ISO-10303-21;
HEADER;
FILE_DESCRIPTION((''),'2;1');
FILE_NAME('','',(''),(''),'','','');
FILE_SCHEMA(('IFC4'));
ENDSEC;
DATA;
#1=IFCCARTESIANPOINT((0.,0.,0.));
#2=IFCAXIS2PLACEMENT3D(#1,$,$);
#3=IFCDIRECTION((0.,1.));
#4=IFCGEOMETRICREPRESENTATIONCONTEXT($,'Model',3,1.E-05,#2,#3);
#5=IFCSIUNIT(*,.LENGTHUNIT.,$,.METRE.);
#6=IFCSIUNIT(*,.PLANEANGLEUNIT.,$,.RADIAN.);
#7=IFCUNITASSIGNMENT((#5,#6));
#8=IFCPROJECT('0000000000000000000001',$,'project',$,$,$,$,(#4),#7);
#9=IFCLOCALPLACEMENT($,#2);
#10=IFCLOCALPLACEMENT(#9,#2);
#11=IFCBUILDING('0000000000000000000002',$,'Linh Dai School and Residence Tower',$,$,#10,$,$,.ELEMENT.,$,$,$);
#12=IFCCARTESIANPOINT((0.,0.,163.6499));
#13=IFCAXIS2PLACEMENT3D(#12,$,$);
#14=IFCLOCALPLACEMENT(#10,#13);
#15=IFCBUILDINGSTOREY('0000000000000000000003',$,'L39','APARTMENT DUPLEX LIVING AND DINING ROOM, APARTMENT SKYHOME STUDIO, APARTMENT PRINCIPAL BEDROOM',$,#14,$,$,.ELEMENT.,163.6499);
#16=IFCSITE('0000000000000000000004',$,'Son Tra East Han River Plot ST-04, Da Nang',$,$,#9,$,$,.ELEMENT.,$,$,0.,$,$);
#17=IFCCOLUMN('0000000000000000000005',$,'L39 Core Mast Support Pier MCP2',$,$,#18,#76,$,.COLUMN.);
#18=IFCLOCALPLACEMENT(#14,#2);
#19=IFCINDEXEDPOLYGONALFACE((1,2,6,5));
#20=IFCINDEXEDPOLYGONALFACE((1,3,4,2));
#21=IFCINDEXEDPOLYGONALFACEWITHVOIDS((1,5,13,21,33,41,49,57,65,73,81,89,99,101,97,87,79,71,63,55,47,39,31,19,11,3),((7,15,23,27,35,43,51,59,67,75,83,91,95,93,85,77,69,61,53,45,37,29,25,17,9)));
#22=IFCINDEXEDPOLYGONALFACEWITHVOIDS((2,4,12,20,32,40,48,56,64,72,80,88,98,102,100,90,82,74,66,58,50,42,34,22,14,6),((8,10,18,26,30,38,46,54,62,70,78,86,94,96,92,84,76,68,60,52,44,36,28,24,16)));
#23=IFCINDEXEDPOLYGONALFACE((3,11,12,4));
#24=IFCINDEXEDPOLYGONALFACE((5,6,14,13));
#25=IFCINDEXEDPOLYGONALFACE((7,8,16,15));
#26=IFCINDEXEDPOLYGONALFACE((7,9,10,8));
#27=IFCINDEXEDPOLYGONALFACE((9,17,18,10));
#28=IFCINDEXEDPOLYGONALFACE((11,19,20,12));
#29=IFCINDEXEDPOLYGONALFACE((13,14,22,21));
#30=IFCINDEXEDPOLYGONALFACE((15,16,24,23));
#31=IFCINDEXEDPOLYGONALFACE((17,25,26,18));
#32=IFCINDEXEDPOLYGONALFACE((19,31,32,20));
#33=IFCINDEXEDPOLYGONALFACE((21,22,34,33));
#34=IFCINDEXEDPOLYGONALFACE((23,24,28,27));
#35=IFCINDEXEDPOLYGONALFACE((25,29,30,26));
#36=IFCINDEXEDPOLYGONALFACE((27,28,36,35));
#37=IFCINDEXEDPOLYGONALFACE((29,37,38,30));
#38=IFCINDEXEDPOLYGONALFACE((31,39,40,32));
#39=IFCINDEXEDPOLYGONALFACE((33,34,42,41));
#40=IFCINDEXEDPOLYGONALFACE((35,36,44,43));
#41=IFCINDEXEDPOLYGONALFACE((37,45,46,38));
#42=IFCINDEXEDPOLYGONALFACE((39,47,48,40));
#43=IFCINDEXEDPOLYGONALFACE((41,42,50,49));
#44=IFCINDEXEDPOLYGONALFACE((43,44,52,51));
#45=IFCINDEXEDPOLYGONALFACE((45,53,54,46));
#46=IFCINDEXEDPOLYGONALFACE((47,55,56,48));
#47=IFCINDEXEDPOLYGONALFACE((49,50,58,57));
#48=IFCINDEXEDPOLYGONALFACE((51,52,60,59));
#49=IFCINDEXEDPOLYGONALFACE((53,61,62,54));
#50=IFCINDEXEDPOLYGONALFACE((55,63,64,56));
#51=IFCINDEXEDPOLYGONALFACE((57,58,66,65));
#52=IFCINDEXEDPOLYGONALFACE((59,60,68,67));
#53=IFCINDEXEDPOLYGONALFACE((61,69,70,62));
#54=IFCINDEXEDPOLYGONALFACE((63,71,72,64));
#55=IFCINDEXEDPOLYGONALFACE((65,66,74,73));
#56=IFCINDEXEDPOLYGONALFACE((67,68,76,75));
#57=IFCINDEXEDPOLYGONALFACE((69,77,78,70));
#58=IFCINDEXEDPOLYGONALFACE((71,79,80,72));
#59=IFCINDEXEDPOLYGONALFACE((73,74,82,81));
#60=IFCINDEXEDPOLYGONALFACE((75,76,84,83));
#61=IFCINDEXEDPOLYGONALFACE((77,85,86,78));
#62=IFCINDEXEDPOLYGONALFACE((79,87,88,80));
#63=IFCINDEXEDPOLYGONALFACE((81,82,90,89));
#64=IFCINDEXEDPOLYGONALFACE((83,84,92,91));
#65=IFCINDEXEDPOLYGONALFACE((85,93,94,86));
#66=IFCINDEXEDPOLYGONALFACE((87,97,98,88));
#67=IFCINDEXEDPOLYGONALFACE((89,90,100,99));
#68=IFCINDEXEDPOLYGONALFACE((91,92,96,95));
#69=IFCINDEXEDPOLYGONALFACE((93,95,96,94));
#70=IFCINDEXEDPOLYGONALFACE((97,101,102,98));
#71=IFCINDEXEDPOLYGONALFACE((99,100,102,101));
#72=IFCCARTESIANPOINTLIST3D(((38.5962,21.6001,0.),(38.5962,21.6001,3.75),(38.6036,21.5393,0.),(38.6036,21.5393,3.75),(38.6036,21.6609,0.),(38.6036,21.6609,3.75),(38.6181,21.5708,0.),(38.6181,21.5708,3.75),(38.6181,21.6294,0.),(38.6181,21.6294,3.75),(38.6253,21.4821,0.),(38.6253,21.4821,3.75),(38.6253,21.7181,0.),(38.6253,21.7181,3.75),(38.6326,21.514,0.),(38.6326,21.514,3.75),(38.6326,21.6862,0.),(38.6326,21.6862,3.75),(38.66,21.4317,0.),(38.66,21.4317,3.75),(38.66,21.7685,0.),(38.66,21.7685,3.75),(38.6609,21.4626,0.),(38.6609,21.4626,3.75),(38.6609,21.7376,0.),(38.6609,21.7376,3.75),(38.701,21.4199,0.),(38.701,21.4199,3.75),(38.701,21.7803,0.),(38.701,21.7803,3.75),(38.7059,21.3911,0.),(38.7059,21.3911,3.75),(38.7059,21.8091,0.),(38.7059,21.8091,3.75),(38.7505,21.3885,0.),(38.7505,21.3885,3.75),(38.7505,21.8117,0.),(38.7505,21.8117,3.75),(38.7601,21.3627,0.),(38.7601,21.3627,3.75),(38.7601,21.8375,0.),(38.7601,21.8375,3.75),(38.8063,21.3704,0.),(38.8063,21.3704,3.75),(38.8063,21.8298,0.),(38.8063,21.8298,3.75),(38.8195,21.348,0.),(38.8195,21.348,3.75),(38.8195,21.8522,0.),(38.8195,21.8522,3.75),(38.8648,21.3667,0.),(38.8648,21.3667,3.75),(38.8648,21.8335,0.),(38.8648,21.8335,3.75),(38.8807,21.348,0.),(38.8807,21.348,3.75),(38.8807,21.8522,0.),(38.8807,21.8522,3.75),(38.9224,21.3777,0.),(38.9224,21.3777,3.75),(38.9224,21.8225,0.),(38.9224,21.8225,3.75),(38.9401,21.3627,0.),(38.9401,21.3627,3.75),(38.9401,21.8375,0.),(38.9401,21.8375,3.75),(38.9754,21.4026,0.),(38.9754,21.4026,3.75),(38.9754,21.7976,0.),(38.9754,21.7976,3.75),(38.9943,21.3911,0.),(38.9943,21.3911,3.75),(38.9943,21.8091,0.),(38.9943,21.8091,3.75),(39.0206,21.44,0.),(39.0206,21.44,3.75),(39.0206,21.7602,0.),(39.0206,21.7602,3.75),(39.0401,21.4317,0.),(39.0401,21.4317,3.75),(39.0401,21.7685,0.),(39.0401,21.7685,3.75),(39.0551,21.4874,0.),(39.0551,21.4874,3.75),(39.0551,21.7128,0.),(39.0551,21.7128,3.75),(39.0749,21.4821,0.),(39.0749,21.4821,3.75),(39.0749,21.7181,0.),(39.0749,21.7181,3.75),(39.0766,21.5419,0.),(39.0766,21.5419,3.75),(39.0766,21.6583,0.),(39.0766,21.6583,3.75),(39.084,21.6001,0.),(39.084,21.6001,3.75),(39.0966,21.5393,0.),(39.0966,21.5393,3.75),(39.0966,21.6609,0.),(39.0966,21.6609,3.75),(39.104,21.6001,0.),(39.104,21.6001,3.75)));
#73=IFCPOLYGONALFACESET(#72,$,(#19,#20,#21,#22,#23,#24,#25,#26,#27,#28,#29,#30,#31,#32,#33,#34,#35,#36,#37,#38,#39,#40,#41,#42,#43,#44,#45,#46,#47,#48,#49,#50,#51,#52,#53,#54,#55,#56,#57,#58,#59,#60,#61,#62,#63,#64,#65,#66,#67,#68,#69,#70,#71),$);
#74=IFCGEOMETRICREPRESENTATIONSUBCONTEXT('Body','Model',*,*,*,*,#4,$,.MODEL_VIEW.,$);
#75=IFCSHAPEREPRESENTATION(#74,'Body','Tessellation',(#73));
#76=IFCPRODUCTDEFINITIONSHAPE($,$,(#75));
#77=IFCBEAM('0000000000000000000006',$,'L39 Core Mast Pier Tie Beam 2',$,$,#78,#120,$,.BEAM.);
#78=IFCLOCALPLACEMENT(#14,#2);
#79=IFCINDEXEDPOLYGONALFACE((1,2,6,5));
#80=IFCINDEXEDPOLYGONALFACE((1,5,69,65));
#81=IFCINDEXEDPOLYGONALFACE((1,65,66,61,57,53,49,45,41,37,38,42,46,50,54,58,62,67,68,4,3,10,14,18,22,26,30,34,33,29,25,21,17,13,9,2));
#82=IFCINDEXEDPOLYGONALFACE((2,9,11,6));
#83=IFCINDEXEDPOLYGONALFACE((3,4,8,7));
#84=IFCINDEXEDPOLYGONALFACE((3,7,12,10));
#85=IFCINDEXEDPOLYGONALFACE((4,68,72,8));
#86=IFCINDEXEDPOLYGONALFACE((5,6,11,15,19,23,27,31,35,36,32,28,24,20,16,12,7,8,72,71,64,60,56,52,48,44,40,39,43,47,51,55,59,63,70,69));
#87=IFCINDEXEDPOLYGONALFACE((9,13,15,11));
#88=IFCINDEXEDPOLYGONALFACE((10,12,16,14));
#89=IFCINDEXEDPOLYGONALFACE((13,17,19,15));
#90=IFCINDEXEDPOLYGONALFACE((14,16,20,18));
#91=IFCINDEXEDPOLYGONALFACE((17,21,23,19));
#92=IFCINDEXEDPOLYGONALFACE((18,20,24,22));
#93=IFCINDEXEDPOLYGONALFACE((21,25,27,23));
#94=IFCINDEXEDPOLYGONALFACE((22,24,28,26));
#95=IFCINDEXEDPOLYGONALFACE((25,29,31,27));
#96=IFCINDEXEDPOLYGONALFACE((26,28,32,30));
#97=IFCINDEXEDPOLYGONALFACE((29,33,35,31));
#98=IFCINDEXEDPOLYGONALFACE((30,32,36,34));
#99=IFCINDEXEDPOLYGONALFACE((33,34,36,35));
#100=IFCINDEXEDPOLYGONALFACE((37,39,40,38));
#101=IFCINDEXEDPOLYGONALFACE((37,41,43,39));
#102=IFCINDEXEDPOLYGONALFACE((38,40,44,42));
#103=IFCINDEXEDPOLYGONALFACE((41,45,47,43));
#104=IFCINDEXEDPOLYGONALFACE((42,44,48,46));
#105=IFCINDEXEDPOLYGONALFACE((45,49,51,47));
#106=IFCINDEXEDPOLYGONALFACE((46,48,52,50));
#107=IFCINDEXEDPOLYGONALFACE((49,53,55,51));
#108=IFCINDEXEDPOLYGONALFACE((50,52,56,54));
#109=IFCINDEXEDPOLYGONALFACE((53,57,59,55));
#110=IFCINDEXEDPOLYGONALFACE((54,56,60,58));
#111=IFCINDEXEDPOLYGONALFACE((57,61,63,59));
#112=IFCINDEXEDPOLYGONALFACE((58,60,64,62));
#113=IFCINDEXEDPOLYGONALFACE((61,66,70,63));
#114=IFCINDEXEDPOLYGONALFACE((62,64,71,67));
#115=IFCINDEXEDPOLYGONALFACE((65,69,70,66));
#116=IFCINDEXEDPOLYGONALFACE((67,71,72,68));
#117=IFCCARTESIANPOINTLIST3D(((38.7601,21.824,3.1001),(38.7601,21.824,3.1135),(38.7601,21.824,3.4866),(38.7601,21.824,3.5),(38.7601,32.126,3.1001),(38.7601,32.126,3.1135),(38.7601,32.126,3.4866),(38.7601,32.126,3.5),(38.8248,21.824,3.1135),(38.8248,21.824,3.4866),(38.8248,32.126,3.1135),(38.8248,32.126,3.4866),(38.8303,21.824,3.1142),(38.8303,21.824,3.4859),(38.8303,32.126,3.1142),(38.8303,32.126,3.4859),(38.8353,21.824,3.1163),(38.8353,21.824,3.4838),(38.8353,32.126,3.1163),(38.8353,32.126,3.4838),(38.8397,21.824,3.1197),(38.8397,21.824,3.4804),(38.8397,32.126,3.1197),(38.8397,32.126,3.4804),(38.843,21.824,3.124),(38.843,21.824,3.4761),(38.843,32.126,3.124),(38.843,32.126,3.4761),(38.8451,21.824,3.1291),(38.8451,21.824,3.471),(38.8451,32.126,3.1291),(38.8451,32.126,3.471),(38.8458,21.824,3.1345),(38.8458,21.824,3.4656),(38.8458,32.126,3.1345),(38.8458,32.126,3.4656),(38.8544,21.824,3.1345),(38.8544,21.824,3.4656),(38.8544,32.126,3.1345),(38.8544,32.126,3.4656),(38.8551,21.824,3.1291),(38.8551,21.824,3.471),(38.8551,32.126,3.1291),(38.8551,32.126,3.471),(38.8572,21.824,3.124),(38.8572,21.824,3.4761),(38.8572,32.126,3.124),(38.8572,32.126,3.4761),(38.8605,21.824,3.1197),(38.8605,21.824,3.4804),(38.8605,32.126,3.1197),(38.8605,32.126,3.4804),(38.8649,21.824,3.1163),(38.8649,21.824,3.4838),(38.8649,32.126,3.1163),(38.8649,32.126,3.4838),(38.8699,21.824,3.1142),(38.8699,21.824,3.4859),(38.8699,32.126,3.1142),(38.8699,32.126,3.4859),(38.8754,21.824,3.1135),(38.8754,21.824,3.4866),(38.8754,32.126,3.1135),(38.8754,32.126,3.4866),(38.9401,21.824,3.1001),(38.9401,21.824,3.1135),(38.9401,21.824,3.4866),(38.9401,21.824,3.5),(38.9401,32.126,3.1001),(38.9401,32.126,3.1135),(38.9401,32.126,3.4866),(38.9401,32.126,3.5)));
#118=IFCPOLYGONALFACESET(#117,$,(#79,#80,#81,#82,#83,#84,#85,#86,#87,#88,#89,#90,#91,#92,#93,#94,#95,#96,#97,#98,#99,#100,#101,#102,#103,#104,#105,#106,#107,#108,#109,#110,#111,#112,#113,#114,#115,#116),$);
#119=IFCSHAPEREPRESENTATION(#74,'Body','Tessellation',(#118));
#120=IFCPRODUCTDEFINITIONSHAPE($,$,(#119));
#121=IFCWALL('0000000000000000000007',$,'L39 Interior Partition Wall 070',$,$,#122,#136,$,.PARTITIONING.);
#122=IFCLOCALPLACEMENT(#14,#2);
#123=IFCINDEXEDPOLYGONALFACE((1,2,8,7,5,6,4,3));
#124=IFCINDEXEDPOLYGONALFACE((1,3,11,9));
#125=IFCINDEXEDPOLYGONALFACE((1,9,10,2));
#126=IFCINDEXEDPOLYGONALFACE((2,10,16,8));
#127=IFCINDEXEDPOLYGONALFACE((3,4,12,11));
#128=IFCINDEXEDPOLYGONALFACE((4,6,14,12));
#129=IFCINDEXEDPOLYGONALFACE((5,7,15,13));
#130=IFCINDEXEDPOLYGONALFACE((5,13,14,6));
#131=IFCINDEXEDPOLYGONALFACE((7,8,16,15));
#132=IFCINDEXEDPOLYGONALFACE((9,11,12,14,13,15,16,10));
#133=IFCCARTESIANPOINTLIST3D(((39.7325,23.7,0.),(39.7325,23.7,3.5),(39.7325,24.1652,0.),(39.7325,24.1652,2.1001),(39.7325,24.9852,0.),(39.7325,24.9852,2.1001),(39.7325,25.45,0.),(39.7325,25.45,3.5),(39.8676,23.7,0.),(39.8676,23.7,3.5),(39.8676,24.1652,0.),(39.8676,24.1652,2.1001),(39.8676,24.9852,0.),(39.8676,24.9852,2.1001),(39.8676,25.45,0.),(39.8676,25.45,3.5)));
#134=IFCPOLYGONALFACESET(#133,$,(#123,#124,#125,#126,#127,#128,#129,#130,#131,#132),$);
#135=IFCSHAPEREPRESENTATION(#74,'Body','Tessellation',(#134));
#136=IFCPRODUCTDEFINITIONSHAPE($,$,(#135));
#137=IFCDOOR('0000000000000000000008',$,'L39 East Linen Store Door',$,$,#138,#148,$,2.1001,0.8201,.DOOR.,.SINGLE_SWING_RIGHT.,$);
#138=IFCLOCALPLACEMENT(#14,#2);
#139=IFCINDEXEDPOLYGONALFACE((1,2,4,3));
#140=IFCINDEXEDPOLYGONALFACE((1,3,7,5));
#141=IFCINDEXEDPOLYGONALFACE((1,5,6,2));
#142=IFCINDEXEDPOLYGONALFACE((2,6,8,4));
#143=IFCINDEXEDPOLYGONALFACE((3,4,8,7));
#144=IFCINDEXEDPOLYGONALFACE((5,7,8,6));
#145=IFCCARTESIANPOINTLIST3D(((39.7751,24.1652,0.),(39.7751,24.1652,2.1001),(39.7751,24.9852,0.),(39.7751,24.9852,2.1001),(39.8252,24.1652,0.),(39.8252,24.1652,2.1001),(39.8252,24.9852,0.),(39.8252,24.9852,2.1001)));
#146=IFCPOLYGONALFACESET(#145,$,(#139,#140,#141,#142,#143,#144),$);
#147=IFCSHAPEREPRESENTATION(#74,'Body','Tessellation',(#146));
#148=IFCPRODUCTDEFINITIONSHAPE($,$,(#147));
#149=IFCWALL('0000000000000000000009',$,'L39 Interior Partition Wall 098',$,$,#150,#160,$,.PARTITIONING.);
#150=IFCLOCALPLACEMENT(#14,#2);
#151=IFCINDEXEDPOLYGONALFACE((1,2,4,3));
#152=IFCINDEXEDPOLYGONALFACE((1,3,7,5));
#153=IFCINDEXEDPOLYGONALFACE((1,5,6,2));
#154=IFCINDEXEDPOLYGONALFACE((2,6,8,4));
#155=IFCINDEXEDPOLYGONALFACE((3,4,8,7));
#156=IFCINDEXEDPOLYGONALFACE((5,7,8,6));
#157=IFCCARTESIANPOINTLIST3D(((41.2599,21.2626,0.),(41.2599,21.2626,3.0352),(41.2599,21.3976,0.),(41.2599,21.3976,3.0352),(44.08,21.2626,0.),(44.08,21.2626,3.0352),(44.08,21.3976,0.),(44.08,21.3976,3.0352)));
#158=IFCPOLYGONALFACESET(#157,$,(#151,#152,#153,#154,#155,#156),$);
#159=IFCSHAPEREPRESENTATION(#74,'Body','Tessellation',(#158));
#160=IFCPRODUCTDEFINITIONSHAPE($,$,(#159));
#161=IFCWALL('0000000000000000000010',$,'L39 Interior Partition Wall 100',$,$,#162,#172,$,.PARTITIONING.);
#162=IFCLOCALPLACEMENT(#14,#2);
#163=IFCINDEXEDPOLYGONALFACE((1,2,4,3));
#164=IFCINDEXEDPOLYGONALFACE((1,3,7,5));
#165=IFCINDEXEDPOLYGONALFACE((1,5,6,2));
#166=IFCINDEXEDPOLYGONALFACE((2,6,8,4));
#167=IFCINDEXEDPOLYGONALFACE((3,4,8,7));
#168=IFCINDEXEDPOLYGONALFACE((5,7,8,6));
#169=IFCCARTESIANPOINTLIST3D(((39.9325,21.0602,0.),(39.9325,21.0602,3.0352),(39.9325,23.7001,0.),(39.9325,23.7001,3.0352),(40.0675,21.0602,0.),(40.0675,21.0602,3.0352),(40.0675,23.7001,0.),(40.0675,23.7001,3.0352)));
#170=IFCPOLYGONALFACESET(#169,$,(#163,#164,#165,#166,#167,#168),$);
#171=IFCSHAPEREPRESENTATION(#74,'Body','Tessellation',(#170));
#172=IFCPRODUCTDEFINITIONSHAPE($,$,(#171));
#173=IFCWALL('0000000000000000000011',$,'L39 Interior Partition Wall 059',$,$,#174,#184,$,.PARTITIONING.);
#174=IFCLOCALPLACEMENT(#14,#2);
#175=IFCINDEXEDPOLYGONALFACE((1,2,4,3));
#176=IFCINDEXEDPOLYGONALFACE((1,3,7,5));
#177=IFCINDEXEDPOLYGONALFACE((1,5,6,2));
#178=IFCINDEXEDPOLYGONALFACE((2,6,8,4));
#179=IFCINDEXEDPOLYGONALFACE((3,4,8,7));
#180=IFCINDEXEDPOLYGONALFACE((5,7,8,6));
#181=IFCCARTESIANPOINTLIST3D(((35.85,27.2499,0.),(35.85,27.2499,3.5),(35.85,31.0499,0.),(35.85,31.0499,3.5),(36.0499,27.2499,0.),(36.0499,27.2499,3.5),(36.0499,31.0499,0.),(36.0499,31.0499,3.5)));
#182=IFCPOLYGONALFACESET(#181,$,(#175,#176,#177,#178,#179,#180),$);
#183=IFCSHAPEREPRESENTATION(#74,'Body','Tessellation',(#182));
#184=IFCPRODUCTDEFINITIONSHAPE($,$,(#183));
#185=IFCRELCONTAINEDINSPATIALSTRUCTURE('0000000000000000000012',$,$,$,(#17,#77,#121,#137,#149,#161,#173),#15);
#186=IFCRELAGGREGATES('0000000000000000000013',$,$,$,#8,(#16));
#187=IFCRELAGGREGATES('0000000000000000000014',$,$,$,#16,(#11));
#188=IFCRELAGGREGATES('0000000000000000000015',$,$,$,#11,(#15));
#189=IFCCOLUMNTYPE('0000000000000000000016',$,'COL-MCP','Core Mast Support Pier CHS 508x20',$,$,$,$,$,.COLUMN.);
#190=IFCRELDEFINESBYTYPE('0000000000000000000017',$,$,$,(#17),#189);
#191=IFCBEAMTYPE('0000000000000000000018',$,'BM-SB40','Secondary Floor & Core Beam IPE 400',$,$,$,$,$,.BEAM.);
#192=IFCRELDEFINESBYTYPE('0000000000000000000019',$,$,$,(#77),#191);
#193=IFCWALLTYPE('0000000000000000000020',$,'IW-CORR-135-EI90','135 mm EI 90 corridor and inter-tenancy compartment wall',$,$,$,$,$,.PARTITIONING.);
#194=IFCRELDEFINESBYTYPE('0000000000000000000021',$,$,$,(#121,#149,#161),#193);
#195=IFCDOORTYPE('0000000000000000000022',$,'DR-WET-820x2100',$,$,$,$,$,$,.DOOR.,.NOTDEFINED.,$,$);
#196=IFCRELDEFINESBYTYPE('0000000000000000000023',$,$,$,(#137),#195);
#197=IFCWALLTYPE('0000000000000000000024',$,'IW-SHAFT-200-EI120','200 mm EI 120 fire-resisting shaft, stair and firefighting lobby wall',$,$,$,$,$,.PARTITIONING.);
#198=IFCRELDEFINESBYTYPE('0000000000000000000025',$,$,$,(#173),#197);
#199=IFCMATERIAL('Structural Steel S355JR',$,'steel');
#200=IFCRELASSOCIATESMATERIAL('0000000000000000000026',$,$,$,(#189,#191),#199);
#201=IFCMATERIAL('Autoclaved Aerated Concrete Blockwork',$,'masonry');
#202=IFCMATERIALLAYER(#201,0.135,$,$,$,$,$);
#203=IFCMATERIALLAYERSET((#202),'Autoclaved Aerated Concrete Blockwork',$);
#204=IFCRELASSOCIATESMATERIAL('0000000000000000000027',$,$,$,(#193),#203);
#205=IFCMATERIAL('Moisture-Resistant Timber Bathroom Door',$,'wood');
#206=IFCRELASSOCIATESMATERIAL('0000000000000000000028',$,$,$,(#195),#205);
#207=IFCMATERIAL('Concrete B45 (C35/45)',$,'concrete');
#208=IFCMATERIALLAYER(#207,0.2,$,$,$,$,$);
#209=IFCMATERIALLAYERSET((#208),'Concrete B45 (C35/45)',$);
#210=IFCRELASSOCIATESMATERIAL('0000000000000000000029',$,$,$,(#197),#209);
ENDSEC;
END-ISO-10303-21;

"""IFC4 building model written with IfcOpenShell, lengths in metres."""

from ifc_helpers import new_model, si_unit, direction, frame, frame_2d, origin, origin_2d, place, context, subcontext, project, spatial, rectangle, hollow_circle, i_section, extrude, source, transform, mapped, material, layer, layer_set, material_profile, profile_set, type_object, element, fill, save


model = new_model("IFC4")

# Units and contexts
model_context = context("Model", 3, precision=1e-05, world=origin(), true_north=direction((0.0, 1.0)))
body_context = subcontext(model_context, "Body", "Model", "MODEL_VIEW")
ifc_project = project(units=[si_unit("LENGTHUNIT", "METRE"), si_unit("PLANEANGLEUNIT", "RADIAN")], contexts=[model_context])

# Site, building, storey
site_placement = place(None, origin())
site = spatial("IfcSite", under=ifc_project, at=site_placement, Name="Son Tra East Han River Plot ST-04, Da Nang", CompositionType="ELEMENT", RefElevation=0.0)
building_placement = place(site_placement, origin())
building = spatial("IfcBuilding", under=site, at=building_placement, Name="Linh Dai School and Residence Tower", CompositionType="ELEMENT")
storey_placement = place(building_placement, frame((0.0, 0.0, 163.6499)))
storey = spatial("IfcBuildingStorey", under=building, at=storey_placement, Name="L39", Description="APARTMENT DUPLEX LIVING AND DINING ROOM, APARTMENT SKYHOME STUDIO, APARTMENT PRINCIPAL BEDROOM", CompositionType="ELEMENT", Elevation=163.6499)

# Column
ifc_material_1 = material(Name="Structural Steel S355JR", Category="steel")
ifc_material_profile_1 = material_profile(ifc_material_1, hollow_circle(Radius=0.2539, WallThickness=0.02, at=origin_2d()), Name="CHS 508x20")
ifc_profile_set_1 = profile_set([ifc_material_profile_1], Name="Structural Steel S355JR")
column_type_1 = type_object("IfcColumnType", Name="COL-MCP", Description="Core Mast Support Pier CHS 508x20", PredefinedType="COLUMN", material=ifc_profile_set_1)
column_placement = place(storey_placement, frame((38.8501, 21.6001, 0.0), z_axis=(0.0, 0.0, 1.0), x_axis=(1.0, 0.0, 0.0)))
element("IfcColumn", 1, at=column_placement, inside=storey, type_object=column_type_1, Name="L39 Core Mast Support Pier MCP2", PredefinedType="COLUMN", context=body_context, shape_type="SweptSolid", body=[
    extrude(hollow_circle(Radius=0.2539, WallThickness=0.02, at=origin_2d()), origin(), (0.0, 0.0, 1.0), 3.75),
])

# Beam
ifc_material_profile_2 = material_profile(ifc_material_1, i_section(OverallWidth=0.1799, OverallDepth=0.3999, WebThickness=0.0085, FlangeThickness=0.0134, FilletRadius=0.021, at=origin_2d()), Name="IPE 400")
ifc_profile_set_2 = profile_set([ifc_material_profile_2], Name="Structural Steel S355JR")
beam_type = type_object("IfcBeamType", Name="BM-SB40", Description="Secondary Floor & Core Beam IPE 400", PredefinedType="BEAM", material=ifc_profile_set_2)
beam_placement = place(storey_placement, frame((38.8501, 21.824, 3.3), z_axis=(0.0, 1.0, 0.0), x_axis=(-1.0, 0.0, 0.0)))
element("IfcBeam", 2, at=beam_placement, inside=storey, type_object=beam_type, Name="L39 Core Mast Pier Tie Beam 2", PredefinedType="BEAM", context=body_context, shape_type="SweptSolid", body=[
    extrude(i_section(OverallWidth=0.1799, OverallDepth=0.3999, WebThickness=0.0085, FlangeThickness=0.0134, FilletRadius=0.021, at=origin_2d()), origin(), (0.0, 0.0, 1.0), 10.302),
])

# Wall, opening, door
ifc_material_2 = material(Name="Autoclaved Aerated Concrete Blockwork", Category="masonry")
ifc_layer_1 = layer(ifc_material_2, 0.135)
ifc_layer_set_1 = layer_set([ifc_layer_1], Name="Autoclaved Aerated Concrete Blockwork")
wall_type_1 = type_object("IfcWallType", Name="IW-CORR-135-EI90", Description="135 mm EI 90 corridor and inter-tenancy compartment wall", PredefinedType="PARTITIONING", material=ifc_layer_set_1)
wall_1_placement = place(storey_placement, frame((39.8, 23.7, 0.0), z_axis=(0.0, 0.0, 1.0), x_axis=(0.0, 1.0, 0.0)))
wall_1 = element("IfcWall", 3, at=wall_1_placement, inside=storey, type_object=wall_type_1, Name="L39 Interior Partition Wall 070", PredefinedType="PARTITIONING", context=body_context, shape_type="SweptSolid", body=[
    extrude(rectangle(XDim=1.75, YDim=0.135, at=frame_2d((0.875, 0.0))), origin(), (0.0, 0.0, 1.0), 3.5),
])
opening_placement = place(wall_1_placement, frame((0.4651, 0.0, 0.0)))
opening = element("IfcOpeningElement", 4, at=opening_placement, cuts=wall_1, PredefinedType="OPENING", context=body_context, shape_type="SweptSolid", body=[
    extrude(rectangle(XDim=0.8201, YDim=2.1001, at=origin_2d()), frame((0.4102, 0.0776, 1.05), z_axis=(0.0, -1.0, 0.0), x_axis=(1.0, 0.0, 0.0)), (0.0, 0.0, 1.0), 0.155),
])
ifc_material_3 = material(Name="Moisture-Resistant Timber Bathroom Door", Category="wood")
door_type = type_object("IfcDoorType", Name="DR-WET-820x2100", OperationType="NOTDEFINED", PredefinedType="DOOR", material=ifc_material_3)
shared_shape_1 = source(origin(), body_context, "Body", "SweptSolid", [
    extrude(rectangle(XDim=0.8201, YDim=2.1001, at=origin_2d()), frame((0.4102, 0.0249, 1.05), z_axis=(0.0, -1.0, 0.0), x_axis=(1.0, 0.0, 0.0)), (0.0, 0.0, 1.0), 0.05),
])
door_placement = place(opening_placement, origin())
door = element("IfcDoor", 5, at=door_placement, inside=storey, type_object=door_type, Name="L39 East Linen Store Door", OperationType="SINGLE_SWING_RIGHT", OverallHeight=2.1001, OverallWidth=0.8201, PredefinedType="DOOR", context=body_context, shape_type="MappedRepresentation", body=[
    mapped(shared_shape_1, transform((0.0, 0.0, 0.0), x_axis=(1.0, 0.0, 0.0), y_axis=(0.0, 1.0, 0.0), z_axis=(0.0, 0.0, 1.0), scale=1.0)),
])
fill(opening, door)

# Walls
wall_2_placement = place(storey_placement, frame((44.0801, 21.3301, 0.0), z_axis=(0.0, 0.0, 1.0), x_axis=(-1.0, 0.0, 0.0)))
element("IfcWall", 6, at=wall_2_placement, inside=storey, type_object=wall_type_1, Name="L39 Interior Partition Wall 098", PredefinedType="PARTITIONING", context=body_context, shape_type="SweptSolid", body=[
    extrude(rectangle(XDim=2.8201, YDim=0.135, at=frame_2d((1.4102, 0.0))), origin(), (0.0, 0.0, 1.0), 3.0352),
])
wall_3_placement = place(storey_placement, frame((40.0, 23.7, 0.0), z_axis=(0.0, 0.0, 1.0), x_axis=(0.0, -1.0, 0.0)))
element("IfcWall", 7, at=wall_3_placement, inside=storey, type_object=wall_type_1, Name="L39 Interior Partition Wall 100", PredefinedType="PARTITIONING", context=body_context, shape_type="SweptSolid", body=[
    extrude(rectangle(XDim=2.6399, YDim=0.135, at=frame_2d((1.3198, 0.0))), origin(), (0.0, 0.0, 1.0), 3.0352),
])
ifc_material_4 = material(Name="Concrete B45 (C35/45)", Category="concrete")
ifc_layer_2 = layer(ifc_material_4, 0.2)
ifc_layer_set_2 = layer_set([ifc_layer_2], Name="Concrete B45 (C35/45)")
wall_type_2 = type_object("IfcWallType", Name="IW-SHAFT-200-EI120", Description="200 mm EI 120 fire-resisting shaft, stair and firefighting lobby wall", PredefinedType="PARTITIONING", material=ifc_layer_set_2)
wall_4_placement = place(storey_placement, frame((35.95, 27.25, 0.0), z_axis=(0.0, 0.0, 1.0), x_axis=(0.0, 1.0, 0.0)))
element("IfcWall", 8, at=wall_4_placement, inside=storey, type_object=wall_type_2, Name="L39 Interior Partition Wall 059", PredefinedType="PARTITIONING", context=body_context, shape_type="SweptSolid", body=[
    extrude(rectangle(XDim=3.8, YDim=0.2, at=frame_2d((1.8999, 0.0))), origin(), (0.0, 0.0, 1.0), 3.5),
])

save(model, "model.ifc")
